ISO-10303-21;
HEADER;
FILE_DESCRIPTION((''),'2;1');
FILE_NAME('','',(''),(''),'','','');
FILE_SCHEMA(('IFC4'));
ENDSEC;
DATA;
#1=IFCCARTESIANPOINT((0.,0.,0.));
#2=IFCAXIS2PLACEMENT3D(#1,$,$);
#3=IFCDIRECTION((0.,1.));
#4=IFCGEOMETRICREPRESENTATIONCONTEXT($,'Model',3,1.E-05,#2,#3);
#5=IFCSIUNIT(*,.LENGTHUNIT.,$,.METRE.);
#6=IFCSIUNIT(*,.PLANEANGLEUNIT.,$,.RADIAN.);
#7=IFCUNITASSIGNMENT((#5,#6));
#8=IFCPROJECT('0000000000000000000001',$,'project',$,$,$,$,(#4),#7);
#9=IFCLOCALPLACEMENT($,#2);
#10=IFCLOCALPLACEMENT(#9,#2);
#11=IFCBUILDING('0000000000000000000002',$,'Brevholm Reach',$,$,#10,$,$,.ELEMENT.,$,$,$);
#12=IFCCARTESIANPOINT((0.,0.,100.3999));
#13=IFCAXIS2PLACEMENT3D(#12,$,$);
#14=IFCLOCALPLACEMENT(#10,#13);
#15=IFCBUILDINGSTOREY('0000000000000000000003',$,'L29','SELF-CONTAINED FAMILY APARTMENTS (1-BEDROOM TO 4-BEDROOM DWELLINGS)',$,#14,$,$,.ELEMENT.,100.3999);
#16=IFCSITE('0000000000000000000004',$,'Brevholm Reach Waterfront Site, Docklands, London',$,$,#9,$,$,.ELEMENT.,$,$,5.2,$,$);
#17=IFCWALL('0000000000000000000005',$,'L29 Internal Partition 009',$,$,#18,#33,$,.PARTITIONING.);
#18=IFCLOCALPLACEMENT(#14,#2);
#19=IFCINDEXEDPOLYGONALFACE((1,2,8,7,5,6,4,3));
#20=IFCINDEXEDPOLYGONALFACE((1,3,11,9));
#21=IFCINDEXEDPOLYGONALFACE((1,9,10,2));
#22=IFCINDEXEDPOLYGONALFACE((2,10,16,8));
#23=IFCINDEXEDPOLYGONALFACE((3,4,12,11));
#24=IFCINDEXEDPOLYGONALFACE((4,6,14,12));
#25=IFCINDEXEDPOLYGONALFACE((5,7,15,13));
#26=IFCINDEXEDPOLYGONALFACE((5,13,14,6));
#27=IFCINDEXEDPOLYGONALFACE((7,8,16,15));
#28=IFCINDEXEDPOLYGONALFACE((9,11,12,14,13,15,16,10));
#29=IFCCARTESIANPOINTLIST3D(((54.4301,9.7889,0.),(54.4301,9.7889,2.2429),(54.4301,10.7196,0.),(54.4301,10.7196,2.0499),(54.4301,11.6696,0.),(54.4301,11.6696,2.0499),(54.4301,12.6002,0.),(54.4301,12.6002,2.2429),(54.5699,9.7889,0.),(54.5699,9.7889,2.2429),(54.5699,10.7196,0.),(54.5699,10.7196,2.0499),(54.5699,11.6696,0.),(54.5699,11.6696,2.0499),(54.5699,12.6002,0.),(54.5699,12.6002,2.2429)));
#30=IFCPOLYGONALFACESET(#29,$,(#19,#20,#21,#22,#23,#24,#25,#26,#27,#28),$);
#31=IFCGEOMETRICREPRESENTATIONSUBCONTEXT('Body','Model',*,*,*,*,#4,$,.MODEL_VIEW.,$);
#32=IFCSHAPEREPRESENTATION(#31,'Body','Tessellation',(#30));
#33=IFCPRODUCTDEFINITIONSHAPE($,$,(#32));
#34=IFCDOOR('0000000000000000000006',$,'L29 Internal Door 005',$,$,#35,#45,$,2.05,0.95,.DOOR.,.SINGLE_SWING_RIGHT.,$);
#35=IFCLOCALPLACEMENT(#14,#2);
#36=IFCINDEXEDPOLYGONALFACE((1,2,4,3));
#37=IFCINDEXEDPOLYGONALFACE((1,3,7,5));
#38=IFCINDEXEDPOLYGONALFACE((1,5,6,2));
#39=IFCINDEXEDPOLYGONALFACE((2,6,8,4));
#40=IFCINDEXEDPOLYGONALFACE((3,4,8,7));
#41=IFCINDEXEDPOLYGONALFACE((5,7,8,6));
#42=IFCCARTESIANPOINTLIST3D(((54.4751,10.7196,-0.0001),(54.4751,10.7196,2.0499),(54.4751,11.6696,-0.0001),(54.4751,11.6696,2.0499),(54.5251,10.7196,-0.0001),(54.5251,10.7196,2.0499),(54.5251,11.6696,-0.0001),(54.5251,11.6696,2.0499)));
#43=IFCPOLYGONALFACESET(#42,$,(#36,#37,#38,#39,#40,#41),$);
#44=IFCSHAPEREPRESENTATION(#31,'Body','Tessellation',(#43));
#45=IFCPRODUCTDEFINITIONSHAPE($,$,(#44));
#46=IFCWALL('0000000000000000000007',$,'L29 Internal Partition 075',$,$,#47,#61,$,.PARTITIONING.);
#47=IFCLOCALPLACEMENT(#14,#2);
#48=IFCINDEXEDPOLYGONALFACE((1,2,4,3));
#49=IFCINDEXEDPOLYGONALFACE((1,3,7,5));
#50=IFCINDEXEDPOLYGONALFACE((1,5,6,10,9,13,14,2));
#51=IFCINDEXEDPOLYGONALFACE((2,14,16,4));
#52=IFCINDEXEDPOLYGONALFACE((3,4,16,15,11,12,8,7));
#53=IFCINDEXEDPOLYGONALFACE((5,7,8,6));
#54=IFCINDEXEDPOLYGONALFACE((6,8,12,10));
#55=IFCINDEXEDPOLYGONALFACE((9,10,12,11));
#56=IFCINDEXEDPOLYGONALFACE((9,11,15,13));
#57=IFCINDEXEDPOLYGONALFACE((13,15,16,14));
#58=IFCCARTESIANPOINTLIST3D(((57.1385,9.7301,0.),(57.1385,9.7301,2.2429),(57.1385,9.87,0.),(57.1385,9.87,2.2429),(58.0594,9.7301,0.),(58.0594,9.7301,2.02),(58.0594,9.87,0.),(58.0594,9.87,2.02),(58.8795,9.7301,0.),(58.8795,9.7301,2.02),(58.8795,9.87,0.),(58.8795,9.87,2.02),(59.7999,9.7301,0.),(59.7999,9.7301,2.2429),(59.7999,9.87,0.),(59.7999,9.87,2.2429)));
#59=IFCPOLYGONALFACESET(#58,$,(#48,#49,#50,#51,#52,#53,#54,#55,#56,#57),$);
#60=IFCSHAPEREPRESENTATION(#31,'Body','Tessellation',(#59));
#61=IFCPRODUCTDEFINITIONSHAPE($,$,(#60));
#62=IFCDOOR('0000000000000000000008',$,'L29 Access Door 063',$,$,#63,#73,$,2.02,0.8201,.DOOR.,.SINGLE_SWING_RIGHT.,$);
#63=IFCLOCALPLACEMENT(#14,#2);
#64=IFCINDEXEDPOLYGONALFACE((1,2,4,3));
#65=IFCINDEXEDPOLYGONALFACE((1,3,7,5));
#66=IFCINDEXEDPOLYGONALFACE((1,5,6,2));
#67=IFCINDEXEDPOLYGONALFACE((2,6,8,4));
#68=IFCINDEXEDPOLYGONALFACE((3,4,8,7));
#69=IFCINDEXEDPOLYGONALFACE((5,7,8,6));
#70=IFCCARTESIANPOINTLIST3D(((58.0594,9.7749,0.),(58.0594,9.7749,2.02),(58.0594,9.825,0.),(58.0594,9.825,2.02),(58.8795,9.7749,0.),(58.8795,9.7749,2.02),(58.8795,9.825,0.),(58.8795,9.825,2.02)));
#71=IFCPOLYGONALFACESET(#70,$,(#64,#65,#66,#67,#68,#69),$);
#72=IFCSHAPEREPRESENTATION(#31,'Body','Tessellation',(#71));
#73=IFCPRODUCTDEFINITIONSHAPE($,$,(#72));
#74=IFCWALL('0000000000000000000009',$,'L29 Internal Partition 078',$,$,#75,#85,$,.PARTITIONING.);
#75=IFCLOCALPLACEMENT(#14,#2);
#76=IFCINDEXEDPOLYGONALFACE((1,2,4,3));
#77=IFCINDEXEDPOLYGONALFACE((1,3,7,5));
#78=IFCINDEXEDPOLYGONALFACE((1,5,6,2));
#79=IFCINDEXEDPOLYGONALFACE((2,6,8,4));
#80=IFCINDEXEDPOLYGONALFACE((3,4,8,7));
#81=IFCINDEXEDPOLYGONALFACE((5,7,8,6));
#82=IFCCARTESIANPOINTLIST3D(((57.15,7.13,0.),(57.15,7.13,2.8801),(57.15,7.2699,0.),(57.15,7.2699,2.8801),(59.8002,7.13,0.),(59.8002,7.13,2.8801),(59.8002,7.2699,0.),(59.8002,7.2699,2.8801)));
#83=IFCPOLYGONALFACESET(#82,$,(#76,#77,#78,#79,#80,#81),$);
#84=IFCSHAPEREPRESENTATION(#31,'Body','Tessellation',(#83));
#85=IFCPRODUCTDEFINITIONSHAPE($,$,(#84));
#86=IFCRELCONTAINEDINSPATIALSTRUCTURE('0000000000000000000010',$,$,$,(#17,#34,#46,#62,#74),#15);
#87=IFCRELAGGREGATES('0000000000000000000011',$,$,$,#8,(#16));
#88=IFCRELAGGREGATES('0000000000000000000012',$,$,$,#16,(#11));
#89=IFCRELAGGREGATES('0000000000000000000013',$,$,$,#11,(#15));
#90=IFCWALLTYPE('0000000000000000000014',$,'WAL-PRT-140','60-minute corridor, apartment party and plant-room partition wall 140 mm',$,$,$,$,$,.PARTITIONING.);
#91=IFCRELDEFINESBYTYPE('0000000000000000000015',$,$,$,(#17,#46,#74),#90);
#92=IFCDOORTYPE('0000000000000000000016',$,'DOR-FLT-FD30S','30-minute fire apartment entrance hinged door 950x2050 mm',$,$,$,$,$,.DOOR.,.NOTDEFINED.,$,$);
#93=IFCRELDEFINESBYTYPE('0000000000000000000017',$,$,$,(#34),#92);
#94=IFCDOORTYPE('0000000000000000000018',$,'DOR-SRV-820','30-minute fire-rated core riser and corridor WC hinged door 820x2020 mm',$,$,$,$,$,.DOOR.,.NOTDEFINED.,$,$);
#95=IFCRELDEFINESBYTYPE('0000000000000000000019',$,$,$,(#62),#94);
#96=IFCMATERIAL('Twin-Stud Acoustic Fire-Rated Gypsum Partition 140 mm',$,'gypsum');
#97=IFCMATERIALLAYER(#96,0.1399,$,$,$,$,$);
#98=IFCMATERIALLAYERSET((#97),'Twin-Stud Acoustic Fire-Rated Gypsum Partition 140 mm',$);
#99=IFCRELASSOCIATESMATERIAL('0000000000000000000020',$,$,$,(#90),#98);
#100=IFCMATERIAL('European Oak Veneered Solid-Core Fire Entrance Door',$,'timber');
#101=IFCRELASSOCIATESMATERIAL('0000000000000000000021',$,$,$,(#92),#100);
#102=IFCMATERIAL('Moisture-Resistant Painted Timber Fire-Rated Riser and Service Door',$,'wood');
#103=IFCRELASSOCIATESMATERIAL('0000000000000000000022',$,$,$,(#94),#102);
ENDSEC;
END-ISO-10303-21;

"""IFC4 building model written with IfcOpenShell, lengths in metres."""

from ifc_helpers import new_model, si_unit, direction, frame, frame_2d, origin, place, context, subcontext, project, spatial, rectangle, extrude, material, layer, layer_set, type_object, element, fill, save


model = new_model("IFC4")

# Units and contexts
model_context = context("Model", 3, precision=1e-05, world=origin(), true_north=direction((0.0, 1.0)))
body_context = subcontext(model_context, "Body", "Model", "MODEL_VIEW")
ifc_project = project(units=[si_unit("LENGTHUNIT", "METRE"), si_unit("PLANEANGLEUNIT", "RADIAN")], contexts=[model_context])

# Site, building, storey
site_placement = place(None, origin())
site = spatial("IfcSite", under=ifc_project, at=site_placement, Name="Brevholm Reach Waterfront Site, Docklands, London", CompositionType="ELEMENT", RefElevation=5.2)
building_placement = place(site_placement, origin())
building = spatial("IfcBuilding", under=site, at=building_placement, Name="Brevholm Reach", CompositionType="ELEMENT")
storey_placement = place(building_placement, frame((0.0, 0.0, 100.3999)))
storey = spatial("IfcBuildingStorey", under=building, at=storey_placement, Name="L29", Description="SELF-CONTAINED FAMILY APARTMENTS (1-BEDROOM TO 4-BEDROOM DWELLINGS)", CompositionType="ELEMENT", Elevation=100.3999)

# Walls, openings, doors
ifc_material_1 = material(Name="Twin-Stud Acoustic Fire-Rated Gypsum Partition 140 mm", Category="gypsum")
ifc_layer_1 = layer(ifc_material_1, 0.1399)
ifc_layer_set_1 = layer_set([ifc_layer_1], Name="Twin-Stud Acoustic Fire-Rated Gypsum Partition 140 mm")
wall_type_1 = type_object("IfcWallType", Name="WAL-PRT-140", Description="60-minute corridor, apartment party and plant-room partition wall 140 mm", PredefinedType="PARTITIONING", material=ifc_layer_set_1)
wall_1_placement = place(storey_placement, frame((54.5, 9.7888, 0.0), z_axis=(0.0, 0.0, 1.0), x_axis=(0.0, 1.0, 0.0)))
wall_1 = element("IfcWall", 1, at=wall_1_placement, inside=storey, type_object=wall_type_1, Name="L29 Internal Partition 009", PredefinedType="PARTITIONING", context=body_context, shape_type="SweptSolid", body=[
    extrude(rectangle(XDim=2.8113, YDim=0.1399, at=frame_2d((1.4058, 0.0))), origin(), (0.0, 0.0, 1.0), 2.2429),
])
opening_1_placement = place(wall_1_placement, frame((0.9307, 0.0, 0.0)))
opening_1 = element("IfcOpeningElement", 2, at=opening_1_placement, cuts=wall_1, PredefinedType="OPENING", context=body_context, shape_type="SweptSolid", body=[
    extrude(rectangle(XDim=0.95, YDim=2.05, at=frame_2d((0.4751, 1.0249))), frame((0.0, 0.0798, 0.0), z_axis=(0.0, -1.0, 0.0), x_axis=(1.0, 0.0, 0.0)), (0.0, 0.0, 1.0), 0.1599),
])
ifc_material_2 = material(Name="European Oak Veneered Solid-Core Fire Entrance Door", Category="timber")
door_type_1 = type_object("IfcDoorType", Name="DOR-FLT-FD30S", Description="30-minute fire apartment entrance hinged door 950x2050 mm", OperationType="NOTDEFINED", PredefinedType="DOOR", material=ifc_material_2)
door_1_placement = place(opening_1_placement, origin())
door_1 = element("IfcDoor", 3, at=door_1_placement, inside=storey, type_object=door_type_1, Name="L29 Internal Door 005", OperationType="SINGLE_SWING_RIGHT", OverallHeight=2.05, OverallWidth=0.95, PredefinedType="DOOR", context=body_context, shape_type="SweptSolid", body=[
    extrude(rectangle(XDim=0.95, YDim=2.05, at=frame_2d((0.4751, 1.0249))), frame((0.0, 0.0249, 0.0), z_axis=(0.0, -1.0, 0.0), x_axis=(1.0, 0.0, 0.0)), (0.0, 0.0, 1.0), 0.05),
])
fill(opening_1, door_1)
wall_2_placement = place(storey_placement, frame((57.1387, 9.8, 0.0), z_axis=(0.0, 0.0, 1.0), x_axis=(1.0, 0.0, 0.0)))
wall_2 = element("IfcWall", 4, at=wall_2_placement, inside=storey, type_object=wall_type_1, Name="L29 Internal Partition 075", PredefinedType="PARTITIONING", context=body_context, shape_type="SweptSolid", body=[
    extrude(rectangle(XDim=2.6614, YDim=0.1399, at=frame_2d((1.3306, 0.0))), origin(), (0.0, 0.0, 1.0), 2.2429),
])
opening_2_placement = place(wall_2_placement, frame((0.9207, 0.0, 0.0)))
opening_2 = element("IfcOpeningElement", 5, at=opening_2_placement, cuts=wall_2, PredefinedType="OPENING", context=body_context, shape_type="SweptSolid", body=[
    extrude(rectangle(XDim=0.8201, YDim=2.02, at=frame_2d((0.4102, 1.01))), frame((0.0, 0.0798, 0.0), z_axis=(0.0, -1.0, 0.0), x_axis=(1.0, 0.0, 0.0)), (0.0, 0.0, 1.0), 0.1599),
])
ifc_material_3 = material(Name="Moisture-Resistant Painted Timber Fire-Rated Riser and Service Door", Category="wood")
door_type_2 = type_object("IfcDoorType", Name="DOR-SRV-820", Description="30-minute fire-rated core riser and corridor WC hinged door 820x2020 mm", OperationType="NOTDEFINED", PredefinedType="DOOR", material=ifc_material_3)
door_2_placement = place(opening_2_placement, origin())
door_2 = element("IfcDoor", 6, at=door_2_placement, inside=storey, type_object=door_type_2, Name="L29 Access Door 063", OperationType="SINGLE_SWING_RIGHT", OverallHeight=2.02, OverallWidth=0.8201, PredefinedType="DOOR", context=body_context, shape_type="SweptSolid", body=[
    extrude(rectangle(XDim=0.8201, YDim=2.02, at=frame_2d((0.4102, 1.01))), frame((0.0, 0.0249, 0.0), z_axis=(0.0, -1.0, 0.0), x_axis=(1.0, 0.0, 0.0)), (0.0, 0.0, 1.0), 0.05),
])
fill(opening_2, door_2)

# Wall
wall_3_placement = place(storey_placement, frame((57.1499, 7.2, 0.0), z_axis=(0.0, 0.0, 1.0), x_axis=(1.0, 0.0, 0.0)))
element("IfcWall", 7, at=wall_3_placement, inside=storey, type_object=wall_type_1, Name="L29 Internal Partition 078", PredefinedType="PARTITIONING", context=body_context, shape_type="SweptSolid", body=[
    extrude(rectangle(XDim=2.6501, YDim=0.1399, at=frame_2d((1.3252, 0.0))), origin(), (0.0, 0.0, 1.0), 2.8801),
])

save(model, "model.ifc")
